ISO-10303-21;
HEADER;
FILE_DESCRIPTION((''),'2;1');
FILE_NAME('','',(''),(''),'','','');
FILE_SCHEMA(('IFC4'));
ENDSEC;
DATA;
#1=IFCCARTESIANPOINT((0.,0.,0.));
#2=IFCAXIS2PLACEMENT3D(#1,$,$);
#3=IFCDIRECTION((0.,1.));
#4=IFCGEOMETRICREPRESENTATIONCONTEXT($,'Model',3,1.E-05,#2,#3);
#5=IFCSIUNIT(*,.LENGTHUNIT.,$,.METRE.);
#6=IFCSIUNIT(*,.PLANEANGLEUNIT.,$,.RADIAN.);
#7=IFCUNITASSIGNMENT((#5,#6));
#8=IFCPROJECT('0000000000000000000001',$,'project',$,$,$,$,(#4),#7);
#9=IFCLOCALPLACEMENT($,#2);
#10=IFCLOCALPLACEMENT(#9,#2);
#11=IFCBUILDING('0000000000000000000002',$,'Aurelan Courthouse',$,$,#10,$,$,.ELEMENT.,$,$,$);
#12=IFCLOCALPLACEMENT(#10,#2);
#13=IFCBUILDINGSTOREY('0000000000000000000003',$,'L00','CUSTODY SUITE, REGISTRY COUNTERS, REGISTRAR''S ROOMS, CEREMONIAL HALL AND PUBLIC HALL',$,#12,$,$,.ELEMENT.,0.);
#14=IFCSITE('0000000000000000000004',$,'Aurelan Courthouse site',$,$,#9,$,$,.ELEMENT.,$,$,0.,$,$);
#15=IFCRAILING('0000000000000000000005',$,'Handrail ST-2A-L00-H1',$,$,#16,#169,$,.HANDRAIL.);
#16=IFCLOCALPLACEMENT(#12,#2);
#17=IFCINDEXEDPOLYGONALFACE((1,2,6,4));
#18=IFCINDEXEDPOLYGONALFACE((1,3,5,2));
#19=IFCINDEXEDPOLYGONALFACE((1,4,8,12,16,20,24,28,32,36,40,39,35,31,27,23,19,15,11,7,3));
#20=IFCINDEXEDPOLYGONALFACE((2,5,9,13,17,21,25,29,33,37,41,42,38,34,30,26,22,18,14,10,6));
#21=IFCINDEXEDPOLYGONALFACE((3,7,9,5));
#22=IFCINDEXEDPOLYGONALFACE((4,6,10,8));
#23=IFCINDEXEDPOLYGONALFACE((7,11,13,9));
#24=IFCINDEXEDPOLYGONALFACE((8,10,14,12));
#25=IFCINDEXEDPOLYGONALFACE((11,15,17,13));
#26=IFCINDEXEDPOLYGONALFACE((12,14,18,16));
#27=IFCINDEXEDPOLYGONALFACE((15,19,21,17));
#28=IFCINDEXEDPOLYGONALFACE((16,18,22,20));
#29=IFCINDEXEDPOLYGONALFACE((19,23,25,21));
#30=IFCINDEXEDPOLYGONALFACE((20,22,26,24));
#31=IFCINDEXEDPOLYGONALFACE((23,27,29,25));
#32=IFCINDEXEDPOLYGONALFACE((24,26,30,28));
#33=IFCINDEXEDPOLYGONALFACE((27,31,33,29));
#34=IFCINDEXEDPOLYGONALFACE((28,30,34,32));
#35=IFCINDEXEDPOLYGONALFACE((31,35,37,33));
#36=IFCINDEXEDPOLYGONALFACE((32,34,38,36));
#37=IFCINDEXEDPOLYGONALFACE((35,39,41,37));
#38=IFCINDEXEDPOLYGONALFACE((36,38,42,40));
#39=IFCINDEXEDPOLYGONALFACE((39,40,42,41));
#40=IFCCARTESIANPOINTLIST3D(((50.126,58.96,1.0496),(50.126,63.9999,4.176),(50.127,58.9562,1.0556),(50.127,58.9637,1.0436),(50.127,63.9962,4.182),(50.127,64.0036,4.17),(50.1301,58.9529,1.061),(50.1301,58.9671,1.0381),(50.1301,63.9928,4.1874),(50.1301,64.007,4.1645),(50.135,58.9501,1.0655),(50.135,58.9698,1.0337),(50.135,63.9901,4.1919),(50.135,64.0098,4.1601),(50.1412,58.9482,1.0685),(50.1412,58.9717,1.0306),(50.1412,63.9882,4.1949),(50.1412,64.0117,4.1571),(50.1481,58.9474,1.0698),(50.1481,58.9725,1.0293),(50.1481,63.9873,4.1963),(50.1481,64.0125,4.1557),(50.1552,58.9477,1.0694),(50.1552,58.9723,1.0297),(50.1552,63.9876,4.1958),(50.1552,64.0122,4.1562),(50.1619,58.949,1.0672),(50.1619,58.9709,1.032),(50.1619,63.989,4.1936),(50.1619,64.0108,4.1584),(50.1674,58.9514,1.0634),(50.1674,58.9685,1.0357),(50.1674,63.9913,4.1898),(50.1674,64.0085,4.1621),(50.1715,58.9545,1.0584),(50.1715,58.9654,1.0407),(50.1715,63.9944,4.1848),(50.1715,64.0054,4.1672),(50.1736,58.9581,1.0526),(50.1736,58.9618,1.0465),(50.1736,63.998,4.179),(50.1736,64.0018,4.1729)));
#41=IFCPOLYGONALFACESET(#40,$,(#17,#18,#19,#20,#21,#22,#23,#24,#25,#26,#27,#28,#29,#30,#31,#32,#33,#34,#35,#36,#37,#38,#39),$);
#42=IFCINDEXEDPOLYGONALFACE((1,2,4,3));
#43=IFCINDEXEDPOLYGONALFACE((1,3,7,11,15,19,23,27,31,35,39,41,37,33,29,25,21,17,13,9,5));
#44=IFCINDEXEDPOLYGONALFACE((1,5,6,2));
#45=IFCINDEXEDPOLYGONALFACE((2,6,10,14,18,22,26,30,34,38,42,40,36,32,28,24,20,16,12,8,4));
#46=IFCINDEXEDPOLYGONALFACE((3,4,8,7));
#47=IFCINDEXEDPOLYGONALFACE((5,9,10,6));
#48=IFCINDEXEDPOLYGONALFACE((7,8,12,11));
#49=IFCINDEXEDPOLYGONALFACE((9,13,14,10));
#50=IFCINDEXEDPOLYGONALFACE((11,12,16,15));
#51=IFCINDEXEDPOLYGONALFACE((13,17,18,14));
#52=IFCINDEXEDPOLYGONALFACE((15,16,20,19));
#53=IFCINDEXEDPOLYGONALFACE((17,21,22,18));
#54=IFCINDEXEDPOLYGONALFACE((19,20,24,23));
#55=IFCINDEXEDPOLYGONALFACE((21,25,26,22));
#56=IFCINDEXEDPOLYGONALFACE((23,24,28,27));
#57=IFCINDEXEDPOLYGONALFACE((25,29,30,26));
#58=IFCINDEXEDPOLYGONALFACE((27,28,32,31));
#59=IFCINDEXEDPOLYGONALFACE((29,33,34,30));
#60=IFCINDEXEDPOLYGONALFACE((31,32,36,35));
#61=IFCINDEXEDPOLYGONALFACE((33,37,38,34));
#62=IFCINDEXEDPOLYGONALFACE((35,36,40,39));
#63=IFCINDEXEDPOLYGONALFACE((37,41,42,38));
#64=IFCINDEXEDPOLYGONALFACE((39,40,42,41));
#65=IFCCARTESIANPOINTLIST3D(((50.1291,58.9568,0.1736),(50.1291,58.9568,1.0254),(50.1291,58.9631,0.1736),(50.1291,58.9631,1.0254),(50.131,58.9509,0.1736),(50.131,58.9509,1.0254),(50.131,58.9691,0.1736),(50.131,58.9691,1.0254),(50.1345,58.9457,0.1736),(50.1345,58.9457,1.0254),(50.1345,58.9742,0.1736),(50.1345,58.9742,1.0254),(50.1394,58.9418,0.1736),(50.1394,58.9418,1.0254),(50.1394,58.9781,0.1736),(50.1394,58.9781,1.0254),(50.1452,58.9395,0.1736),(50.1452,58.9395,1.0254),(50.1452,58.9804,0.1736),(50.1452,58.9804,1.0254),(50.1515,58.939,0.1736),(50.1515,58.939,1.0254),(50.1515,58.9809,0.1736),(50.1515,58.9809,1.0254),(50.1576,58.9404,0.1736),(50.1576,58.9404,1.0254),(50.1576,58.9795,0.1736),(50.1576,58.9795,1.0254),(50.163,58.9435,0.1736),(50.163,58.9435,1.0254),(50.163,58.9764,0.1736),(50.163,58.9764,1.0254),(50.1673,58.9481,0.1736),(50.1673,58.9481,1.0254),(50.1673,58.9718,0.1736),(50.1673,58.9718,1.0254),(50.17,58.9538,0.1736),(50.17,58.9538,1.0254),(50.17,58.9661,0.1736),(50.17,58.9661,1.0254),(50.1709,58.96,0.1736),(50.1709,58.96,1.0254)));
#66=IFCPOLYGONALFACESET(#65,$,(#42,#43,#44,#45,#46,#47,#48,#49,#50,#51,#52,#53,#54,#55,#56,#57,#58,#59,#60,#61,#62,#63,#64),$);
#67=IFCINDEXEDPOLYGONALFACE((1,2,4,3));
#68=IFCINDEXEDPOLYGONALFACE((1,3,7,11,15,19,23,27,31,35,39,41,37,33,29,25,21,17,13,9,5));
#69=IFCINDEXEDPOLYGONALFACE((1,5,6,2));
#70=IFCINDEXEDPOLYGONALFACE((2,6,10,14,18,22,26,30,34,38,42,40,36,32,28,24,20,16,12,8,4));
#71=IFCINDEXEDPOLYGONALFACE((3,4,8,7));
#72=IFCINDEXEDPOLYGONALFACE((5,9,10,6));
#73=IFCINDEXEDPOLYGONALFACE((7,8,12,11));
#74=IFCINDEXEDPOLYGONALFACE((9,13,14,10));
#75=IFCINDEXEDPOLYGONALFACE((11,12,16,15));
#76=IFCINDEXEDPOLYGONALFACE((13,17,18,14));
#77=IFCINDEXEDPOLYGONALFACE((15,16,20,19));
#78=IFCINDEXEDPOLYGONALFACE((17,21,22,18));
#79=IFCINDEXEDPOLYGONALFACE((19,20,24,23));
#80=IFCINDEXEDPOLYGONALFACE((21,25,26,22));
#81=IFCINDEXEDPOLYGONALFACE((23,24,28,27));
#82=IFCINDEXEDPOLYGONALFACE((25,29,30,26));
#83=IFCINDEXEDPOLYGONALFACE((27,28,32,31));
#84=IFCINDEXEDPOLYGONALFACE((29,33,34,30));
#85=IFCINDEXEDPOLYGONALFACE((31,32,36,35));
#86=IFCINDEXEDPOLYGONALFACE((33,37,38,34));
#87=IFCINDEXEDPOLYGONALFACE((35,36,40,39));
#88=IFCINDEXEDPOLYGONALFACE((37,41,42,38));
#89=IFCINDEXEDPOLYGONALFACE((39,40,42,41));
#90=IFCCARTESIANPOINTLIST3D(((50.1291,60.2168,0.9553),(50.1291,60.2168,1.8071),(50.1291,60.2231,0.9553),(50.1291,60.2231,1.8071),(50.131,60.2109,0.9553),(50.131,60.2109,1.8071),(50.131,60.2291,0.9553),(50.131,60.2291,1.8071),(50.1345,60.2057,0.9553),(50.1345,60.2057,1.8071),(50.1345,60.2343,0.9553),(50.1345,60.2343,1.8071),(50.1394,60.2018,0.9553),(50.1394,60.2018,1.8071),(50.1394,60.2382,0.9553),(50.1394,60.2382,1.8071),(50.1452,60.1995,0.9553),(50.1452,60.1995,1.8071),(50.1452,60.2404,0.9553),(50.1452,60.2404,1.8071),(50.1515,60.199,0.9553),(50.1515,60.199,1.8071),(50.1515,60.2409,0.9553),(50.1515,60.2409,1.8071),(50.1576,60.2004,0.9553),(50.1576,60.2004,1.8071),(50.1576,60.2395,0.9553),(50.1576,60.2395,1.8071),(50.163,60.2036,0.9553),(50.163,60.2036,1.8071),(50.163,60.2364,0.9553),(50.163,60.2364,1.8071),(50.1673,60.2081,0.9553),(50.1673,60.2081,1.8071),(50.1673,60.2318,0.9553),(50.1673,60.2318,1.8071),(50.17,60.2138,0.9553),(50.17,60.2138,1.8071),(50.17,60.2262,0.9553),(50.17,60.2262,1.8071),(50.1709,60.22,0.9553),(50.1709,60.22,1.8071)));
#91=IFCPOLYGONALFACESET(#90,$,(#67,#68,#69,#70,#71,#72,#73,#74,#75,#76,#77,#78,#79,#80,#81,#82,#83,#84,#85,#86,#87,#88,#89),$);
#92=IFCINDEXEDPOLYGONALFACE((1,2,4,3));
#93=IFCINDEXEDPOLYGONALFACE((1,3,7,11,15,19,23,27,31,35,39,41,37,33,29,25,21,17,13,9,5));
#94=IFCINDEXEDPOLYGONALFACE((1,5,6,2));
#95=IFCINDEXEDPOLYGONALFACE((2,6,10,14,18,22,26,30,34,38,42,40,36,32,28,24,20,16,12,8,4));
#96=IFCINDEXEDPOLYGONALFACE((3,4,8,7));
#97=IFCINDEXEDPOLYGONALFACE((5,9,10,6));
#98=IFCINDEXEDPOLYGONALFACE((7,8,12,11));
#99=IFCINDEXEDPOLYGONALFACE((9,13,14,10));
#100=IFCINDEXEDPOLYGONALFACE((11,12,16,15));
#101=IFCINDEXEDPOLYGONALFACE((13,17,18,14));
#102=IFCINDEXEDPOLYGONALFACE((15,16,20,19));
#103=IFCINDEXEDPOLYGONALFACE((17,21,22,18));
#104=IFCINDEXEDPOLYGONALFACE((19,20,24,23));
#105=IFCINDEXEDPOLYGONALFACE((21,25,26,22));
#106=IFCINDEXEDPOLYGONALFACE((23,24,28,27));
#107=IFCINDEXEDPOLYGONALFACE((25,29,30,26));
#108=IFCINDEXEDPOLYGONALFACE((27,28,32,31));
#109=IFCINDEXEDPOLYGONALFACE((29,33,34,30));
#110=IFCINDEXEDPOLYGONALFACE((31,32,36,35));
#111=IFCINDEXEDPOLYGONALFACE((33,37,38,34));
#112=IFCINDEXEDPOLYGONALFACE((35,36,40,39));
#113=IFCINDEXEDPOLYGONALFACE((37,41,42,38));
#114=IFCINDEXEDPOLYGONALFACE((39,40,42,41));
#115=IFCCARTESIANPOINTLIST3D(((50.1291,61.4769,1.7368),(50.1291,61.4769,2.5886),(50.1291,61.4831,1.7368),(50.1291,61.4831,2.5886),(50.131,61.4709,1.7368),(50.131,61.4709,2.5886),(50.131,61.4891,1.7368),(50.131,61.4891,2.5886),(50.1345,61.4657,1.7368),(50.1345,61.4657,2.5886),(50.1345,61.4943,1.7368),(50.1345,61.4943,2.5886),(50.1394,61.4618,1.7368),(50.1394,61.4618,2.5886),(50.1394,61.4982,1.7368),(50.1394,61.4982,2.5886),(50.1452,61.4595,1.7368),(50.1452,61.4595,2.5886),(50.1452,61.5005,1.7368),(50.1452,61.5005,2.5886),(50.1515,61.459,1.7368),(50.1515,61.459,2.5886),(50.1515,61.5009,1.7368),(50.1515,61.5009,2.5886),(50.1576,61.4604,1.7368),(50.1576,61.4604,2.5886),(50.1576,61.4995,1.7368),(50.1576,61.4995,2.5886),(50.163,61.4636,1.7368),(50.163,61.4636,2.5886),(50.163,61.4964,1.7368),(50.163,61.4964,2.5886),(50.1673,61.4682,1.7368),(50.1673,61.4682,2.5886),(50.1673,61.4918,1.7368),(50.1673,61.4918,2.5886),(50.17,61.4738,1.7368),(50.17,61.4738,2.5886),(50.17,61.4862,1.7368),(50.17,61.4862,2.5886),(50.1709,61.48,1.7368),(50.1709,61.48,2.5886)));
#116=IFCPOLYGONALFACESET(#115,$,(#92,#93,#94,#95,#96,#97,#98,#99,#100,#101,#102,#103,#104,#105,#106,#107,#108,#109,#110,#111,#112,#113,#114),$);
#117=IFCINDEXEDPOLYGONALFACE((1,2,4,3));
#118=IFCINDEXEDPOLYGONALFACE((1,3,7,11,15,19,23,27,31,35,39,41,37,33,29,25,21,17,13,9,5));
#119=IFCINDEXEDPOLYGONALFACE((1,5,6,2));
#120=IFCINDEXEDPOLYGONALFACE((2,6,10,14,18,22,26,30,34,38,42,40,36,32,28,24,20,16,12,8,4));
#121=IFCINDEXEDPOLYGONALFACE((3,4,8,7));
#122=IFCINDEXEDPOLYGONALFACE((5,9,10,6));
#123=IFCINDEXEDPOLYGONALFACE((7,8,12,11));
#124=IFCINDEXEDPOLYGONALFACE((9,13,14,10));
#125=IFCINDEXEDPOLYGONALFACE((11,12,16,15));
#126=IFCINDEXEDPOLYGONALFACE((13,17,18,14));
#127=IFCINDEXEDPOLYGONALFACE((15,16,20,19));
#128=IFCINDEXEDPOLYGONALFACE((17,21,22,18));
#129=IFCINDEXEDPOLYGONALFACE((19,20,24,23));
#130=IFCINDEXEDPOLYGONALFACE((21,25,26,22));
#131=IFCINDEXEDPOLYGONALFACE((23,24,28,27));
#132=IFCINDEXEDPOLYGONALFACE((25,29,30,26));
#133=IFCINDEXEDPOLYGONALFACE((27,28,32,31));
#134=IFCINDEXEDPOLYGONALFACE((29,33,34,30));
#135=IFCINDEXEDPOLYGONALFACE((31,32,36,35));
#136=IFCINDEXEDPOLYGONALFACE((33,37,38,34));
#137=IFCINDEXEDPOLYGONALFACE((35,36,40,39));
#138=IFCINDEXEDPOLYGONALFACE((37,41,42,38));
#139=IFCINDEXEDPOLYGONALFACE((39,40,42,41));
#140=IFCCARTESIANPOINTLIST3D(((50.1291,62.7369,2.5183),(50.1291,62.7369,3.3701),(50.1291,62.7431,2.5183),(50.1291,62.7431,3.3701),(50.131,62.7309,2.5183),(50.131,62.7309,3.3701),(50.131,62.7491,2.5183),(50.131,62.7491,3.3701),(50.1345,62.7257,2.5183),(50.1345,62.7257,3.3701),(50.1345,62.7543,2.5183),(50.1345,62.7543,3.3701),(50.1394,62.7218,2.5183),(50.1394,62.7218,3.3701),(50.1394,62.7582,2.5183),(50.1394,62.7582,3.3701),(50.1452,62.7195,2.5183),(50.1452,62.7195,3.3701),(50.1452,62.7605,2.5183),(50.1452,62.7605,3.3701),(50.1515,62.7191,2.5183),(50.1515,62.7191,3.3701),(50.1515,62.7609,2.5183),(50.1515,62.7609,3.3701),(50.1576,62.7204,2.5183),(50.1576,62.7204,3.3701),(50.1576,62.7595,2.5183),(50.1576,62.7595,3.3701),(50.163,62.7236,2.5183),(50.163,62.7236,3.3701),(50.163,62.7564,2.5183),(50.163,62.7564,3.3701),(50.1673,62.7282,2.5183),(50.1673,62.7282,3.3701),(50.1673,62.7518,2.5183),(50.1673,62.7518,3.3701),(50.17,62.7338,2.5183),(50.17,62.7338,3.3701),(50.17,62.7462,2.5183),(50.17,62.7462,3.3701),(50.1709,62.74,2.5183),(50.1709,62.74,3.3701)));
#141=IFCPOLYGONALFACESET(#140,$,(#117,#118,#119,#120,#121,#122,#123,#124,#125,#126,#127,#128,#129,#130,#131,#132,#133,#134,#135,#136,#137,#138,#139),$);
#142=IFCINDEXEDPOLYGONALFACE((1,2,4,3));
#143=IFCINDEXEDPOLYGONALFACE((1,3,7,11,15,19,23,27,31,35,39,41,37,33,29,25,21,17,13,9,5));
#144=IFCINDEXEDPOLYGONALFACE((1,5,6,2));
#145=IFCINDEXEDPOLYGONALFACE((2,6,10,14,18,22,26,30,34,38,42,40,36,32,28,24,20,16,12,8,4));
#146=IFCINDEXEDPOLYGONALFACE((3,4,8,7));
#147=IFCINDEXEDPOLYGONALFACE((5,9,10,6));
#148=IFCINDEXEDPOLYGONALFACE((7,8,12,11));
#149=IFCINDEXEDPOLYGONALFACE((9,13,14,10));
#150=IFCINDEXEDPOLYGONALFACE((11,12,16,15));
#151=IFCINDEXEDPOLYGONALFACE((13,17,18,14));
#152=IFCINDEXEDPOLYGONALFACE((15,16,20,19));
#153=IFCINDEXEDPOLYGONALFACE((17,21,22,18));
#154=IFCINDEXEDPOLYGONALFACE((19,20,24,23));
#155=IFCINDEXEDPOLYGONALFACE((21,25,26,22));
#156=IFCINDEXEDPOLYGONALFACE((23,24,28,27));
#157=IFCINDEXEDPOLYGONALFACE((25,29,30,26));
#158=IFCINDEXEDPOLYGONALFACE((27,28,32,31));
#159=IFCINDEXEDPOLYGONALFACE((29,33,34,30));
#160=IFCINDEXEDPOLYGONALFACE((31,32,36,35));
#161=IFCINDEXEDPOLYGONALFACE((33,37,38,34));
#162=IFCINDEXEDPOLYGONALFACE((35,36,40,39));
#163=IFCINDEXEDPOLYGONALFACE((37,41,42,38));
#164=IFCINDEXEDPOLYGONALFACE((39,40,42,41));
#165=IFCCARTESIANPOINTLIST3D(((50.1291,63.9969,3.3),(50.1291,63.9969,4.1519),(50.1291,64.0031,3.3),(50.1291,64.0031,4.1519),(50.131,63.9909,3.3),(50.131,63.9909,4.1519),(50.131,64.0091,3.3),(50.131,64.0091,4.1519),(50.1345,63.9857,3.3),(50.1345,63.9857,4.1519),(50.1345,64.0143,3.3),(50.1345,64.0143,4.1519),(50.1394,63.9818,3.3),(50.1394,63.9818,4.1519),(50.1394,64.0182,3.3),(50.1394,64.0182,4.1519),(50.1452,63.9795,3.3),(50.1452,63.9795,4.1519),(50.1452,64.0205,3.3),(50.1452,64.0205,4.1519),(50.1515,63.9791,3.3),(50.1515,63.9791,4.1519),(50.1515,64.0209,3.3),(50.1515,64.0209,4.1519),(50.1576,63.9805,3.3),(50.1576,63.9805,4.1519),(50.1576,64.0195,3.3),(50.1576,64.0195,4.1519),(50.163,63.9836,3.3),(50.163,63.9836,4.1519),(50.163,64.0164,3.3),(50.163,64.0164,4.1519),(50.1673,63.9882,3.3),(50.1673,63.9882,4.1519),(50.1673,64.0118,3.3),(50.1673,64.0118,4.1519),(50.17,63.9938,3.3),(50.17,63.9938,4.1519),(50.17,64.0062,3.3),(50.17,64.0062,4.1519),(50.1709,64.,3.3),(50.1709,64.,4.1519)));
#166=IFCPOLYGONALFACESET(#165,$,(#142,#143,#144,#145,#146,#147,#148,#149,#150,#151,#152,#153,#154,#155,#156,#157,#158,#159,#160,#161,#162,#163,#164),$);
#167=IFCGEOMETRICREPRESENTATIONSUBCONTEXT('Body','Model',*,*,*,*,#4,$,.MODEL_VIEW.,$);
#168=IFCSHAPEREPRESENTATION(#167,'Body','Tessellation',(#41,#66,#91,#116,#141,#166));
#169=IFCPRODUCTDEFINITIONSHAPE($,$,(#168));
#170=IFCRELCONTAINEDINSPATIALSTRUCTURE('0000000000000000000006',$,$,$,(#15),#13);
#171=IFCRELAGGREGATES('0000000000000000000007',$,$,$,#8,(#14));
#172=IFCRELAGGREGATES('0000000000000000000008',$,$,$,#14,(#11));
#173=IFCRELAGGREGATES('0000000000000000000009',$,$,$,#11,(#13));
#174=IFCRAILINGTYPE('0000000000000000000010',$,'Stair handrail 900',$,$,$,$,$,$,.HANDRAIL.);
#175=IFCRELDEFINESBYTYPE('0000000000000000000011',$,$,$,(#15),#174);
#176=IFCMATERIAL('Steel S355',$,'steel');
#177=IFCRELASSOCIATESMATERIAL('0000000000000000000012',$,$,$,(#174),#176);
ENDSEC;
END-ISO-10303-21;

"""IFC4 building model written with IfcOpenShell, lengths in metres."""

from ifc_helpers import new_model, si_unit, direction, frame, origin, origin_2d, place, context, subcontext, project, spatial, circle, extrude, material, type_object, element, save


model = new_model("IFC4")

# Units and contexts
model_context = context("Model", 3, precision=1e-05, world=origin(), true_north=direction((0.0, 1.0)))
body_context = subcontext(model_context, "Body", "Model", "MODEL_VIEW")
ifc_project = project(units=[si_unit("LENGTHUNIT", "METRE"), si_unit("PLANEANGLEUNIT", "RADIAN")], contexts=[model_context])

# Site, building, storey
site_placement = place(None, origin())
site = spatial("IfcSite", under=ifc_project, at=site_placement, Name="Aurelan Courthouse site", CompositionType="ELEMENT", RefElevation=0.0)
building_placement = place(site_placement, origin())
building = spatial("IfcBuilding", under=site, at=building_placement, Name="Aurelan Courthouse", CompositionType="ELEMENT")
storey_placement = place(building_placement, origin())
storey = spatial("IfcBuildingStorey", under=building, at=storey_placement, Name="L00", Description="CUSTODY SUITE, REGISTRY COUNTERS, REGISTRAR'S ROOMS, CEREMONIAL HALL AND PUBLIC HALL", CompositionType="ELEMENT", Elevation=0.0)

# Railing
ifc_material_1 = material(Name="Steel S355", Category="steel")
railing_type = type_object("IfcRailingType", Name="Stair handrail 900", PredefinedType="HANDRAIL", material=ifc_material_1)
for number, where, name in (
    (1, (50.1499, 58.96, 0.1736), "Handrail ST-2A-L00-H1"),
):
    element("IfcRailing", number, at=place(storey_placement, frame(where)), inside=storey, type_object=railing_type, Name=name, PredefinedType="HANDRAIL", context=body_context, shape_type="SweptSolid", body=[
        extrude(circle(Radius=0.0239, at=origin_2d()), frame((0.0, 0.0, 0.876), z_axis=(0.0, 0.849779, 0.527139), x_axis=(-1.0, 0.0, 0.0)), (0.0, 0.0, 1.0), 5.9309),
        extrude(circle(Radius=0.021, at=origin_2d()), origin(), (0.0, 0.0, 1.0), 0.8518),
        extrude(circle(Radius=0.021, at=origin_2d()), frame((0.0, 1.26, 0.7817)), (0.0, 0.0, 1.0), 0.8518),
        extrude(circle(Radius=0.021, at=origin_2d()), frame((0.0, 2.52, 1.5632)), (0.0, 0.0, 1.0), 0.8518),
        extrude(circle(Radius=0.021, at=origin_2d()), frame((0.0, 3.78, 2.3447)), (0.0, 0.0, 1.0), 0.8518),
        extrude(circle(Radius=0.021, at=origin_2d()), frame((0.0, 5.04, 3.1265)), (0.0, 0.0, 1.0), 0.8518),
    ])

save(model, "model.ifc")
